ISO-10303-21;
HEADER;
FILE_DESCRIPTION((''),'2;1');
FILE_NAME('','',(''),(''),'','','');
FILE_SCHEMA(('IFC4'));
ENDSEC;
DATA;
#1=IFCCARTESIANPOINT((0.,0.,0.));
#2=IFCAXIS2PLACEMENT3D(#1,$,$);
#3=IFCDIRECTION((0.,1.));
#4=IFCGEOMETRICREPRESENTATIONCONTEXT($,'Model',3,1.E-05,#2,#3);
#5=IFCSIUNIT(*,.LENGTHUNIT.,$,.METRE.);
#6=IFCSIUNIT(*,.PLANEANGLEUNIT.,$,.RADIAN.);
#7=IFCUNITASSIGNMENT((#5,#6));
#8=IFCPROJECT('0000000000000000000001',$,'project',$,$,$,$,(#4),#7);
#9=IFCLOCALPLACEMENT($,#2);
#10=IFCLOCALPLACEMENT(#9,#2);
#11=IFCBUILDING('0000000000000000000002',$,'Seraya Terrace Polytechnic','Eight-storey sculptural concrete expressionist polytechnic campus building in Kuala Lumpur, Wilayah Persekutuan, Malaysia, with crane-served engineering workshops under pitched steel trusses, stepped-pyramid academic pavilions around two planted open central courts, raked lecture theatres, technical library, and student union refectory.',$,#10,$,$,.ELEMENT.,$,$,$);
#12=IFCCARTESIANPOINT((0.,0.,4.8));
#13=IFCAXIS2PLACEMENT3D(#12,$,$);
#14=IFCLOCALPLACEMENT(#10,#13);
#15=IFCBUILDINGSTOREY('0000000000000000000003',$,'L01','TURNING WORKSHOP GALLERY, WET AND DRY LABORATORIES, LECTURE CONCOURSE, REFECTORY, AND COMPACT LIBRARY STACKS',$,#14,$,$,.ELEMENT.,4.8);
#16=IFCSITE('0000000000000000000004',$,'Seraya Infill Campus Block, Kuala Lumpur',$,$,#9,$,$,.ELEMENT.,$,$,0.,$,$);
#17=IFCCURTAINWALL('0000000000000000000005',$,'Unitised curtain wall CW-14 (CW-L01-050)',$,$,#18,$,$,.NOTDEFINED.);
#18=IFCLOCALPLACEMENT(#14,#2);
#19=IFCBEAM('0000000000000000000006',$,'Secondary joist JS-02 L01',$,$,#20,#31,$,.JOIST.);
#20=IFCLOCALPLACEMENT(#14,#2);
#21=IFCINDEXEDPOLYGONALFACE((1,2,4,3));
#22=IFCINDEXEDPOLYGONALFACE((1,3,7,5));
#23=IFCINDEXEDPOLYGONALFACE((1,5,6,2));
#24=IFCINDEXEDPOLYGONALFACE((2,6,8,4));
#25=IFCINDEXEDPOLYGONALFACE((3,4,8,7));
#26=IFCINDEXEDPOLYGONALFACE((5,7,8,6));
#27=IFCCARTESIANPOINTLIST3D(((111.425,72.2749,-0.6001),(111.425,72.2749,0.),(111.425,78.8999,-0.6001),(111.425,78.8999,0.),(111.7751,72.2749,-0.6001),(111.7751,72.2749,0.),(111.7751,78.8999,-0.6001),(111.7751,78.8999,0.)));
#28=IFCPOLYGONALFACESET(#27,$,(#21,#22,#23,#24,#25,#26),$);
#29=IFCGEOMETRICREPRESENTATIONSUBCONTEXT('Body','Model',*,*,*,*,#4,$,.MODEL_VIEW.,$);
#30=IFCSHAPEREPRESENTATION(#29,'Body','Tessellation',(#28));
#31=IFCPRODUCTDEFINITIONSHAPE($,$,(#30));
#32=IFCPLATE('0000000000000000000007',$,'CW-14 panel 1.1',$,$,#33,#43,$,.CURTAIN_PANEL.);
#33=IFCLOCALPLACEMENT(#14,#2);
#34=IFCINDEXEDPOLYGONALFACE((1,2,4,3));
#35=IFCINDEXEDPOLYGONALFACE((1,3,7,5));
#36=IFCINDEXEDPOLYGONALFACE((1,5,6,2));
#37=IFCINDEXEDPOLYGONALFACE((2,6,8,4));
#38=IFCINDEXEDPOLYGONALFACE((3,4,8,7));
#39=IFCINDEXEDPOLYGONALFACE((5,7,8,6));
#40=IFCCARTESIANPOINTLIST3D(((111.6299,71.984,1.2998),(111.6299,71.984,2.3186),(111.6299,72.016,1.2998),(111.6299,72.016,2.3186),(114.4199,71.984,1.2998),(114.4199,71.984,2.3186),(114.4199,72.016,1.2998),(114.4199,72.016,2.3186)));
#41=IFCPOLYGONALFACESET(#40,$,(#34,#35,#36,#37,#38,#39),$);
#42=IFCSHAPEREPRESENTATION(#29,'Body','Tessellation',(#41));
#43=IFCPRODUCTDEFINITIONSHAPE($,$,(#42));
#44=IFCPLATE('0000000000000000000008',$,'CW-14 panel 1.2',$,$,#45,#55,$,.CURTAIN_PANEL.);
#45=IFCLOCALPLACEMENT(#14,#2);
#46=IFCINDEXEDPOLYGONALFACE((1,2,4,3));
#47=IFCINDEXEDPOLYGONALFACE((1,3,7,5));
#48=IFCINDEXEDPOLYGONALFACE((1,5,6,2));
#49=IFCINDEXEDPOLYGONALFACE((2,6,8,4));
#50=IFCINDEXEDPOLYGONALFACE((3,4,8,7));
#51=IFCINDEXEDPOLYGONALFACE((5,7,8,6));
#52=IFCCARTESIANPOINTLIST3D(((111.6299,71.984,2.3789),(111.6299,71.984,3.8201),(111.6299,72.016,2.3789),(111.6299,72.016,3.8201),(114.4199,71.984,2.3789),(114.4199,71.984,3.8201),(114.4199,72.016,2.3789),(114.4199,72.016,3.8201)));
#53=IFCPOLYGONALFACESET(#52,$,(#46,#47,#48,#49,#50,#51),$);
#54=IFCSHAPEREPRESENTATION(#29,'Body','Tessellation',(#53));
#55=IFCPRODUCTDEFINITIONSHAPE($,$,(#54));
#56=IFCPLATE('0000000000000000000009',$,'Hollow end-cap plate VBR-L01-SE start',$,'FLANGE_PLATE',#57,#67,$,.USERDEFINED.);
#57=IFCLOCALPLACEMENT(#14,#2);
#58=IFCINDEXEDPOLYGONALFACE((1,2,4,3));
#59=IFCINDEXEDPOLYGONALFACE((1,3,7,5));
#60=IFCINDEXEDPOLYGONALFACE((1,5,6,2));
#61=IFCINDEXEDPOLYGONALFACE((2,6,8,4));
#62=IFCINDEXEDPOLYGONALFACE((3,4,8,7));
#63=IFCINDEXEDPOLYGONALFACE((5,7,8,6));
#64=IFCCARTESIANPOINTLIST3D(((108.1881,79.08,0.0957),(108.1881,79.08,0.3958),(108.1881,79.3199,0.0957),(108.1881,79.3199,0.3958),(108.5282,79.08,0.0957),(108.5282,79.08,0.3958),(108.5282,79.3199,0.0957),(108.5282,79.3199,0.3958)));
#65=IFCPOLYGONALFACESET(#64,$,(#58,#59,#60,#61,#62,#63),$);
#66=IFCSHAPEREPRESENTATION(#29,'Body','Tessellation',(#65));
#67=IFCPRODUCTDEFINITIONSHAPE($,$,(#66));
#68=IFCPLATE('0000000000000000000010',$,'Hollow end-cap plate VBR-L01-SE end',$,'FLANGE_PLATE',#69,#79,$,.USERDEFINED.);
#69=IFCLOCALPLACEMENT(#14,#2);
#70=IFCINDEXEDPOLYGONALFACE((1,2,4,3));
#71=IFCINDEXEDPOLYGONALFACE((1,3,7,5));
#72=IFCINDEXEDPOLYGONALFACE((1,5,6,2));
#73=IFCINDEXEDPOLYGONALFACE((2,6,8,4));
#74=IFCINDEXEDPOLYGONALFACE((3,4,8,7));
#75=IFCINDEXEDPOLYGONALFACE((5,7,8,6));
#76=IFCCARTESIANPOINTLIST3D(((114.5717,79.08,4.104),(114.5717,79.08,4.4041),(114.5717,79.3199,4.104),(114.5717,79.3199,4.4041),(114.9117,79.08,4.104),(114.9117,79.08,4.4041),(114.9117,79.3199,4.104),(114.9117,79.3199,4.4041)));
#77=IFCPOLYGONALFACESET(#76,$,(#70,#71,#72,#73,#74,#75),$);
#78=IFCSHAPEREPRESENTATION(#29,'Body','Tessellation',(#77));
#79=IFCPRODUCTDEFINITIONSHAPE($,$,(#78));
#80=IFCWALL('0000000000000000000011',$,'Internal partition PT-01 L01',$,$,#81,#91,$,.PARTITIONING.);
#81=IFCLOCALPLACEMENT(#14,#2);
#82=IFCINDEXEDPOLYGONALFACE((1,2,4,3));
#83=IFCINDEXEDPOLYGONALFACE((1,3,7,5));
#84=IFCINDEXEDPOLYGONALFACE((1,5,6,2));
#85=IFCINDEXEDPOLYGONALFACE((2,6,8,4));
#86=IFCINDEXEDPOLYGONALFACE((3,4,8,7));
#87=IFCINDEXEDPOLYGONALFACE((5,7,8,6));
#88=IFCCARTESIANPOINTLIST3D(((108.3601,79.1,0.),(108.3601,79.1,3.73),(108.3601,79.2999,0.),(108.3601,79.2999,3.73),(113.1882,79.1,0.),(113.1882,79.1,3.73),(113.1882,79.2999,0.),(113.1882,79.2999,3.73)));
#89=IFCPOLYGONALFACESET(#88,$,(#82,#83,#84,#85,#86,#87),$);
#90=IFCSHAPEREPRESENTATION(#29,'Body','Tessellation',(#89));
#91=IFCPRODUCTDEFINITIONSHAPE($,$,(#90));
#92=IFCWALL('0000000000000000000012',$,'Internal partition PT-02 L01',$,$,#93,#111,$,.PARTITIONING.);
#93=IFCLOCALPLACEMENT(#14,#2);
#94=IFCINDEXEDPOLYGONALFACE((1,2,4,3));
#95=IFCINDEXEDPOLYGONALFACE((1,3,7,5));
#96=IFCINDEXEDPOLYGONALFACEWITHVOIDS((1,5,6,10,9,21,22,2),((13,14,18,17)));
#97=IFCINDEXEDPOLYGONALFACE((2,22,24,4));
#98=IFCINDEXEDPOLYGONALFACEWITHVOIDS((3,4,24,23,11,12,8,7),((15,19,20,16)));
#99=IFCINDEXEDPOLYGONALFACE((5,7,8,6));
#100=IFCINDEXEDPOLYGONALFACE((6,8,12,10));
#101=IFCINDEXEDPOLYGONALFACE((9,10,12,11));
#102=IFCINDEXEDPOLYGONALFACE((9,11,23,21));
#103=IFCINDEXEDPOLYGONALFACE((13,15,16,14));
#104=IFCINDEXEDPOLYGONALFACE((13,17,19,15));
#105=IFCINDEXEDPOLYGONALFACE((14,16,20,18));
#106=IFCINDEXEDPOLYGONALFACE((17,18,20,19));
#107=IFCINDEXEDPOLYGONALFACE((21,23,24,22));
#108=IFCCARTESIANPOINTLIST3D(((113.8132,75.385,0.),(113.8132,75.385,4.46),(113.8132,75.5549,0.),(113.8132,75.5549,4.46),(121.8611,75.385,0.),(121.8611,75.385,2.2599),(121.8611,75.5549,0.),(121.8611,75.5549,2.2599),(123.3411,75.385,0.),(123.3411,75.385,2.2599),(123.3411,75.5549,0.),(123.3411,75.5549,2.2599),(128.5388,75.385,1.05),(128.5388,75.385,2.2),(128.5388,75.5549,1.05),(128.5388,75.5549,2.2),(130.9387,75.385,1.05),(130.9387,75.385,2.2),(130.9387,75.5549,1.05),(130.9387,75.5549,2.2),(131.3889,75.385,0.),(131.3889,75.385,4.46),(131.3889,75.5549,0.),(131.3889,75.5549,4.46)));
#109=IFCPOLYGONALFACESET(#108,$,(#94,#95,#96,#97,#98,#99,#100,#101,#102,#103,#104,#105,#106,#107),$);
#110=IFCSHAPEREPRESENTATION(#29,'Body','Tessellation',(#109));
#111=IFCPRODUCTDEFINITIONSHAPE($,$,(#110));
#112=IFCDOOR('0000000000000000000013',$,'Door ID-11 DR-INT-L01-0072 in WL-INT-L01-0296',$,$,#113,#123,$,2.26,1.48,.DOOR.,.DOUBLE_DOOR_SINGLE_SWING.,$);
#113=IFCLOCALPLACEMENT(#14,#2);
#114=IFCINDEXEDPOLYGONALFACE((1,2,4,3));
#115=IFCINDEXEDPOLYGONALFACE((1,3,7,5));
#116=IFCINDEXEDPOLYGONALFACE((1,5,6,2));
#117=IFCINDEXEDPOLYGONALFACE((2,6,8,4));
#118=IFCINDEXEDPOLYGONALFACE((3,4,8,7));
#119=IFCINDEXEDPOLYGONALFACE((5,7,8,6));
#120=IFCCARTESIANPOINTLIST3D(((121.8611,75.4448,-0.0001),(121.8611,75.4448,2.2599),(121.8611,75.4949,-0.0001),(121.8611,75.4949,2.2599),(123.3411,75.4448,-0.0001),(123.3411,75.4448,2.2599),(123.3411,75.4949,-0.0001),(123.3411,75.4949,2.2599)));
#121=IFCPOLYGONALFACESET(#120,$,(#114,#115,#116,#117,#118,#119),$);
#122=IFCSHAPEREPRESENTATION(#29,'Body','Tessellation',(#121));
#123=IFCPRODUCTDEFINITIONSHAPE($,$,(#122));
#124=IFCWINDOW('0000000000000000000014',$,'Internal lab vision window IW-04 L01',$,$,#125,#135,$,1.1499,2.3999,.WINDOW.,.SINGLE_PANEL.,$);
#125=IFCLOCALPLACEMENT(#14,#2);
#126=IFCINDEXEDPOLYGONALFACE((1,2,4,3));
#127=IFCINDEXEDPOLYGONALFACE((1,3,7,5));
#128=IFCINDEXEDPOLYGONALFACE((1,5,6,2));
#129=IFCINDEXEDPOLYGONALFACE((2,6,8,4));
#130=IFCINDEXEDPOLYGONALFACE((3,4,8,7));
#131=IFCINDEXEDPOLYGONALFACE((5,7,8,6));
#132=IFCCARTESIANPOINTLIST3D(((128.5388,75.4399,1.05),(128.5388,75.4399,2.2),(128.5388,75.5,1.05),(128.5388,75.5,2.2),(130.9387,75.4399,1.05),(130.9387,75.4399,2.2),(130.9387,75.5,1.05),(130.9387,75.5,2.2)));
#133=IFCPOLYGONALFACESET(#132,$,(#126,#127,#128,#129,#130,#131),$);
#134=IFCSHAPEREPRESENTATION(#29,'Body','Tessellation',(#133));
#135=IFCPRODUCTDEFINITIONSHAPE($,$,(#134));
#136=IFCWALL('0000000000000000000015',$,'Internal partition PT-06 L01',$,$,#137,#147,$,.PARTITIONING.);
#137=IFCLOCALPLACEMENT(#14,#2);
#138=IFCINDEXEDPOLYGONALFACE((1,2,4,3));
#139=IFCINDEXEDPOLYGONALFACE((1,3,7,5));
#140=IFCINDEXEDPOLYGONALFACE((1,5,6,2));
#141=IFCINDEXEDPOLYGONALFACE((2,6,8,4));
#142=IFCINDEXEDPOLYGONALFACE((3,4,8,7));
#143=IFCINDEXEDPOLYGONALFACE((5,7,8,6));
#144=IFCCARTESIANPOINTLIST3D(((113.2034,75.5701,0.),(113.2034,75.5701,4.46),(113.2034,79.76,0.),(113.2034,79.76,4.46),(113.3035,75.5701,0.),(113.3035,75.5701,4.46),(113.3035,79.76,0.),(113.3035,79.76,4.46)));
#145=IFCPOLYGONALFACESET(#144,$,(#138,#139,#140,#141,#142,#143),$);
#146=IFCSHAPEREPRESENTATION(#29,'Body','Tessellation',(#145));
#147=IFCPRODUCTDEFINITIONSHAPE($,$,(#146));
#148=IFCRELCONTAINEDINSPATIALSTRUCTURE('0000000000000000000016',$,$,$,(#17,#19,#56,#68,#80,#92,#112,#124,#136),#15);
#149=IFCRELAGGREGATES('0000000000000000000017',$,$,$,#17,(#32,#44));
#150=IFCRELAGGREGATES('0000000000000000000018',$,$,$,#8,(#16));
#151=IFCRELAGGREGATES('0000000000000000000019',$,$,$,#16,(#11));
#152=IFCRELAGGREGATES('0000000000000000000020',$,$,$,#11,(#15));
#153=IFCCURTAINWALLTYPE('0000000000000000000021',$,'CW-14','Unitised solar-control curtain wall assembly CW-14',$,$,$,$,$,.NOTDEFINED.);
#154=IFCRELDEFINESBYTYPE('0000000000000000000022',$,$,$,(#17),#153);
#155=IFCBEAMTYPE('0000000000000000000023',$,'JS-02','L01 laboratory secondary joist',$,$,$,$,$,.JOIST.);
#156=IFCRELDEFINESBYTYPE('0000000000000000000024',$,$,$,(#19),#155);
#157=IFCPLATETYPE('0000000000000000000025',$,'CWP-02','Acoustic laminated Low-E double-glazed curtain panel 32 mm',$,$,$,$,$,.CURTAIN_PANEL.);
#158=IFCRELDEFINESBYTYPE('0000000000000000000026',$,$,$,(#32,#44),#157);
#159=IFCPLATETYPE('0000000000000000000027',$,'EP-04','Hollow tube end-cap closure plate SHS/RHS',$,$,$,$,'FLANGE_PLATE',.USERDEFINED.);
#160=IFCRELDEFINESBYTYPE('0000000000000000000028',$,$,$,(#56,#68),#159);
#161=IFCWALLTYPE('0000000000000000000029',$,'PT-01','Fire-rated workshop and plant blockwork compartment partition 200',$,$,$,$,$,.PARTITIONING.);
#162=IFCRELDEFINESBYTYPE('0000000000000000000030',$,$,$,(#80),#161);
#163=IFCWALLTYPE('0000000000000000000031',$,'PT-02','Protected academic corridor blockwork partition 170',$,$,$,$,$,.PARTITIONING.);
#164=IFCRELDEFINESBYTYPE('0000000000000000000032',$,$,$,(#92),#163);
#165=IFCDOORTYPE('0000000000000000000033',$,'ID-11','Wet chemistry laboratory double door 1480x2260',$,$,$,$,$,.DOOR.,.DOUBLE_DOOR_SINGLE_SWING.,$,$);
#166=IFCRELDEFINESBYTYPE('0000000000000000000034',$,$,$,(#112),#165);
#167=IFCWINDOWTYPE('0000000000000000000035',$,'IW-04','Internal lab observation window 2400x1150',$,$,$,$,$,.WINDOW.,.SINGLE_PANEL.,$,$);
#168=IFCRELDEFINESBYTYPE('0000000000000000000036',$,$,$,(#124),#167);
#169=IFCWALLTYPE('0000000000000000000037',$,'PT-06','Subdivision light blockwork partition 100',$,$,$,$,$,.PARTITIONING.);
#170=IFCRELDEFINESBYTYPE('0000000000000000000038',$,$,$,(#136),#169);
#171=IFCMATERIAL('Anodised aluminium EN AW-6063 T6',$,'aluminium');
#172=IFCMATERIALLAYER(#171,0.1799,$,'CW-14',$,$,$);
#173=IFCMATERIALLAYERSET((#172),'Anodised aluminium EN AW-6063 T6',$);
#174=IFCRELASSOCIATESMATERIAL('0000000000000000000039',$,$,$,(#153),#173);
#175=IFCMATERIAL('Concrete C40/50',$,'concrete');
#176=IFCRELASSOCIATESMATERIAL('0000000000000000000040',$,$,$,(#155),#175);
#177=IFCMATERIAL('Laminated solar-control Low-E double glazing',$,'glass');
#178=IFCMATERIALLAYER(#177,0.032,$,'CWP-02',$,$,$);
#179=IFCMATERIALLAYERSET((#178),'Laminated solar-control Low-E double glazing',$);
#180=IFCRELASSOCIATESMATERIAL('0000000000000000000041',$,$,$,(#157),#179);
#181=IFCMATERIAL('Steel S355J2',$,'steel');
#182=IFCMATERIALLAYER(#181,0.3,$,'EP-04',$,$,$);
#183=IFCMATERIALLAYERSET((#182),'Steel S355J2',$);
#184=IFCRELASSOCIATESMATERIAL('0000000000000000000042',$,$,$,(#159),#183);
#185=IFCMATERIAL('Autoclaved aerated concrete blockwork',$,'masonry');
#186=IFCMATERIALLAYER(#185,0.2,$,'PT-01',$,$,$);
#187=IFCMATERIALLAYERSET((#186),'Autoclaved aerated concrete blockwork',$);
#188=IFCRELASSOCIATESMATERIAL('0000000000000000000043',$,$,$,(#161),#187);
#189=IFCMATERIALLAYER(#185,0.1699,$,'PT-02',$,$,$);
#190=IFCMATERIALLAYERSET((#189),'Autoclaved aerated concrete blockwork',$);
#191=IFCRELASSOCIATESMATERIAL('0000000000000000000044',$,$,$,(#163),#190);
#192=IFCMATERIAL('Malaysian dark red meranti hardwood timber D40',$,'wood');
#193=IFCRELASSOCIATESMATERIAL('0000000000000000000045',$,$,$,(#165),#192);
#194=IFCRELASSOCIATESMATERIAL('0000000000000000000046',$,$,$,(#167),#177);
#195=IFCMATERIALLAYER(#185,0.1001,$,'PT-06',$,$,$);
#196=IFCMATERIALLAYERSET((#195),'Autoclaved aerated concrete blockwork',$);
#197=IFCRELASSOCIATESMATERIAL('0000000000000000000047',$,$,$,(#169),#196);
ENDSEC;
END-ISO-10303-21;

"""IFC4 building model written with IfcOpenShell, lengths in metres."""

from ifc_helpers import new_model, si_unit, direction, frame, frame_2d, origin, origin_2d, place, context, subcontext, project, spatial, rectangle, extrude, material, layer, layer_set, material_profile, profile_set, type_object, element, fill, aggregate, save


model = new_model("IFC4")

# Units and contexts
model_context = context("Model", 3, precision=1e-05, world=origin(), true_north=direction((0.0, 1.0)))
body_context = subcontext(model_context, "Body", "Model", "MODEL_VIEW")
ifc_project = project(units=[si_unit("LENGTHUNIT", "METRE"), si_unit("PLANEANGLEUNIT", "RADIAN")], contexts=[model_context])

# Site, building, storey
site_placement = place(None, origin())
site = spatial("IfcSite", under=ifc_project, at=site_placement, Name="Seraya Infill Campus Block, Kuala Lumpur", CompositionType="ELEMENT", RefElevation=0.0)
building_placement = place(site_placement, origin())
building = spatial("IfcBuilding", under=site, at=building_placement, Name="Seraya Terrace Polytechnic", Description="Eight-storey sculptural concrete expressionist polytechnic campus building in Kuala Lumpur, Wilayah Persekutuan, Malaysia, with crane-served engineering workshops under pitched steel trusses, stepped-pyramid academic pavilions around two planted open central courts, raked lecture theatres, technical library, and student union refectory.", CompositionType="ELEMENT")
storey_placement = place(building_placement, frame((0.0, 0.0, 4.8)))
storey = spatial("IfcBuildingStorey", under=building, at=storey_placement, Name="L01", Description="TURNING WORKSHOP GALLERY, WET AND DRY LABORATORIES, LECTURE CONCOURSE, REFECTORY, AND COMPACT LIBRARY STACKS", CompositionType="ELEMENT", Elevation=4.8)

# Shared definitions
ifc_material_1 = material(Name="Concrete C40/50", Category="concrete")

# Shared definitions
ifc_material_2 = material(Name="Steel S355J2", Category="steel")

# Curtain wall
ifc_material_3 = material(Name="Anodised aluminium EN AW-6063 T6", Category="aluminium")
ifc_layer_1 = layer(ifc_material_3, 0.1799, Name="CW-14")
ifc_layer_set_1 = layer_set([ifc_layer_1], Name="Anodised aluminium EN AW-6063 T6")
curtain_wall_type = type_object("IfcCurtainWallType", Name="CW-14", Description="Unitised solar-control curtain wall assembly CW-14", PredefinedType="NOTDEFINED", material=ifc_layer_set_1)
curtain_wall_placement = place(storey_placement, origin())
curtain_wall = element("IfcCurtainWall", 1, at=curtain_wall_placement, inside=storey, type_object=curtain_wall_type, Name="Unitised curtain wall CW-14 (CW-L01-050)", PredefinedType="NOTDEFINED")

# Beam
ifc_material_profile_1 = material_profile(ifc_material_1, rectangle(XDim=0.3501, YDim=0.6001, at=origin_2d()), Name="RC 350x600")
ifc_profile_set_1 = profile_set([ifc_material_profile_1], Name="Concrete C40/50")
beam_type_1 = type_object("IfcBeamType", Name="JS-02", Description="L01 laboratory secondary joist", PredefinedType="JOIST", material=ifc_profile_set_1)
beam_1_placement = place(storey_placement, frame((111.6001, 72.2749, -0.3), z_axis=(0.0, 1.0, 0.0), x_axis=(-1.0, 0.0, 0.0)))
element("IfcBeam", 2, at=beam_1_placement, inside=storey, type_object=beam_type_1, Name="Secondary joist JS-02 L01", PredefinedType="JOIST", context=body_context, shape_type="SweptSolid", body=[
    extrude(rectangle(XDim=0.3501, YDim=0.6001, at=origin_2d()), origin(), (0.0, 0.0, 1.0), 6.625),
])

# Plates
ifc_material_4 = material(Name="Laminated solar-control Low-E double glazing", Category="glass")
ifc_layer_2 = layer(ifc_material_4, 0.032, Name="CWP-02")
ifc_layer_set_2 = layer_set([ifc_layer_2], Name="Laminated solar-control Low-E double glazing")
plate_type_1 = type_object("IfcPlateType", Name="CWP-02", Description="Acoustic laminated Low-E double-glazed curtain panel 32 mm", PredefinedType="CURTAIN_PANEL", material=ifc_layer_set_2)
plate_1_placement = place(storey_placement, frame((113.0249, 72.0, 1.2998), z_axis=(0.0, 0.0, 1.0), x_axis=(-1.0, 0.0, 0.0)))
plate_1 = element("IfcPlate", 3, at=plate_1_placement, type_object=plate_type_1, Name="CW-14 panel 1.1", PredefinedType="CURTAIN_PANEL", context=body_context, shape_type="SweptSolid", body=[
    extrude(rectangle(XDim=2.79, YDim=0.032, at=origin_2d()), origin(), (0.0, 0.0, 1.0), 1.0188),
])
plate_2_placement = place(storey_placement, frame((113.0249, 72.0, 2.3789), z_axis=(0.0, 0.0, 1.0), x_axis=(-1.0, 0.0, 0.0)))
plate_2 = element("IfcPlate", 4, at=plate_2_placement, type_object=plate_type_1, Name="CW-14 panel 1.2", PredefinedType="CURTAIN_PANEL", context=body_context, shape_type="SweptSolid", body=[
    extrude(rectangle(XDim=2.79, YDim=0.032, at=origin_2d()), origin(), (0.0, 0.0, 1.0), 1.4412),
])
aggregate(curtain_wall, [plate_1, plate_2])

# Plates
ifc_layer_3 = layer(ifc_material_2, 0.3, Name="EP-04")
ifc_layer_set_3 = layer_set([ifc_layer_3], Name="Steel S355J2")
plate_type_2 = type_object("IfcPlateType", Name="EP-04", Description="Hollow tube end-cap closure plate SHS/RHS", ElementType="FLANGE_PLATE", PredefinedType="USERDEFINED", material=ifc_layer_set_3)
for number, where, z_axis, x_axis, name in (
    (5, (108.3582, 79.2, 0.0957), (0.0, 0.0, 1.0), (1.0, 0.0, 0.0), "Hollow end-cap plate VBR-L01-SE start"),
    (6, (114.7417, 79.2, 4.104), (0.0, 0.0, 1.0), (1.0, 0.0, 0.0), "Hollow end-cap plate VBR-L01-SE end"),
):
    element("IfcPlate", number, at=place(storey_placement, frame(where, z_axis=z_axis, x_axis=x_axis)), inside=storey, type_object=plate_type_2, Name=name, ObjectType="FLANGE_PLATE", PredefinedType="USERDEFINED", context=body_context, shape_type="SweptSolid", body=[
        extrude(rectangle(XDim=0.3401, YDim=0.24, at=origin_2d()), origin(), (0.0, 0.0, 1.0), 0.3),
    ])

# Wall
ifc_material_5 = material(Name="Autoclaved aerated concrete blockwork", Category="masonry")
ifc_layer_4 = layer(ifc_material_5, 0.2, Name="PT-01")
ifc_layer_set_4 = layer_set([ifc_layer_4], Name="Autoclaved aerated concrete blockwork")
wall_type_1 = type_object("IfcWallType", Name="PT-01", Description="Fire-rated workshop and plant blockwork compartment partition 200", PredefinedType="PARTITIONING", material=ifc_layer_set_4)
wall_1_placement = place(storey_placement, frame((108.3601, 79.2, 0.0), z_axis=(0.0, 0.0, 1.0), x_axis=(1.0, 0.0, 0.0)))
element("IfcWall", 7, at=wall_1_placement, inside=storey, type_object=wall_type_1, Name="Internal partition PT-01 L01", PredefinedType="PARTITIONING", context=body_context, shape_type="SweptSolid", body=[
    extrude(rectangle(XDim=4.8281, YDim=0.2, at=frame_2d((2.4141, 0.0))), origin(), (0.0, 0.0, 1.0), 3.73),
])

# Wall, openings, door, window
ifc_layer_5 = layer(ifc_material_5, 0.1699, Name="PT-02")
ifc_layer_set_5 = layer_set([ifc_layer_5], Name="Autoclaved aerated concrete blockwork")
wall_type_2 = type_object("IfcWallType", Name="PT-02", Description="Protected academic corridor blockwork partition 170", PredefinedType="PARTITIONING", material=ifc_layer_set_5)
wall_2_placement = place(storey_placement, frame((113.8132, 75.47, 0.0), z_axis=(0.0, 0.0, 1.0), x_axis=(1.0, 0.0, 0.0)))
wall_2 = element("IfcWall", 8, at=wall_2_placement, inside=storey, type_object=wall_type_2, Name="Internal partition PT-02 L01", PredefinedType="PARTITIONING", context=body_context, shape_type="SweptSolid", body=[
    extrude(rectangle(XDim=17.5757, YDim=0.1699, at=frame_2d((8.7878, 0.0))), origin(), (0.0, 0.0, 1.0), 4.46),
])
opening_1_placement = place(wall_2_placement, frame((8.0479, 0.0, 0.0)))
opening_1 = element("IfcOpeningElement", 9, at=opening_1_placement, cuts=wall_2, PredefinedType="OPENING", context=body_context, shape_type="SweptSolid", body=[
    extrude(rectangle(XDim=1.48, YDim=2.26, at=frame_2d((0.74, 1.1299))), frame((0.0, 0.0969, 0.0), z_axis=(0.0, -1.0, 0.0), x_axis=(1.0, 0.0, 0.0)), (0.0, 0.0, 1.0), 0.1938),
])
opening_2_placement = place(wall_2_placement, frame((14.7256, 0.0, 1.05)))
opening_2 = element("IfcOpeningElement", 10, at=opening_2_placement, cuts=wall_2, PredefinedType="OPENING", context=body_context, shape_type="SweptSolid", body=[
    extrude(rectangle(XDim=2.3999, YDim=1.1499, at=frame_2d((1.2, 0.575))), frame((0.0, 0.0969, 0.0), z_axis=(0.0, -1.0, 0.0), x_axis=(1.0, 0.0, 0.0)), (0.0, 0.0, 1.0), 0.1938),
])
ifc_material_6 = material(Name="Malaysian dark red meranti hardwood timber D40", Category="wood")
door_type = type_object("IfcDoorType", Name="ID-11", Description="Wet chemistry laboratory double door 1480x2260", OperationType="DOUBLE_DOOR_SINGLE_SWING", PredefinedType="DOOR", material=ifc_material_6)
door_placement = place(opening_1_placement, origin())
door = element("IfcDoor", 11, at=door_placement, inside=storey, type_object=door_type, Name="Door ID-11 DR-INT-L01-0072 in WL-INT-L01-0296", OperationType="DOUBLE_DOOR_SINGLE_SWING", OverallHeight=2.26, OverallWidth=1.48, PredefinedType="DOOR", context=body_context, shape_type="SweptSolid", body=[
    extrude(rectangle(XDim=1.48, YDim=2.26, at=frame_2d((0.74, 1.1299))), frame((0.0, 0.0249, 0.0), z_axis=(0.0, -1.0, 0.0), x_axis=(1.0, 0.0, 0.0)), (0.0, 0.0, 1.0), 0.05),
])
fill(opening_1, door)
window_type = type_object("IfcWindowType", Name="IW-04", Description="Internal lab observation window 2400x1150", PartitioningType="SINGLE_PANEL", PredefinedType="WINDOW", material=ifc_material_4)
window_placement = place(opening_2_placement, origin())
window = element("IfcWindow", 12, at=window_placement, inside=storey, type_object=window_type, Name="Internal lab vision window IW-04 L01", OverallHeight=1.1499, OverallWidth=2.3999, PartitioningType="SINGLE_PANEL", PredefinedType="WINDOW", context=body_context, shape_type="SweptSolid", body=[
    extrude(rectangle(XDim=2.3999, YDim=1.1499, at=frame_2d((1.2, 0.575))), frame((0.0, 0.03, 0.0), z_axis=(0.0, -1.0, 0.0), x_axis=(1.0, 0.0, 0.0)), (0.0, 0.0, 1.0), 0.0601),
])
fill(opening_2, window)

# Wall
ifc_layer_6 = layer(ifc_material_5, 0.1001, Name="PT-06")
ifc_layer_set_6 = layer_set([ifc_layer_6], Name="Autoclaved aerated concrete blockwork")
wall_type_3 = type_object("IfcWallType", Name="PT-06", Description="Subdivision light blockwork partition 100", PredefinedType="PARTITIONING", material=ifc_layer_set_6)
wall_3_placement = place(storey_placement, frame((113.2534, 75.5701, 0.0), z_axis=(0.0, 0.0, 1.0), x_axis=(0.0, 1.0, 0.0)))
element("IfcWall", 13, at=wall_3_placement, inside=storey, type_object=wall_type_3, Name="Internal partition PT-06 L01", PredefinedType="PARTITIONING", context=body_context, shape_type="SweptSolid", body=[
    extrude(rectangle(XDim=4.1899, YDim=0.1001, at=frame_2d((2.095, 0.0))), origin(), (0.0, 0.0, 1.0), 4.46),
])

save(model, "model.ifc")
